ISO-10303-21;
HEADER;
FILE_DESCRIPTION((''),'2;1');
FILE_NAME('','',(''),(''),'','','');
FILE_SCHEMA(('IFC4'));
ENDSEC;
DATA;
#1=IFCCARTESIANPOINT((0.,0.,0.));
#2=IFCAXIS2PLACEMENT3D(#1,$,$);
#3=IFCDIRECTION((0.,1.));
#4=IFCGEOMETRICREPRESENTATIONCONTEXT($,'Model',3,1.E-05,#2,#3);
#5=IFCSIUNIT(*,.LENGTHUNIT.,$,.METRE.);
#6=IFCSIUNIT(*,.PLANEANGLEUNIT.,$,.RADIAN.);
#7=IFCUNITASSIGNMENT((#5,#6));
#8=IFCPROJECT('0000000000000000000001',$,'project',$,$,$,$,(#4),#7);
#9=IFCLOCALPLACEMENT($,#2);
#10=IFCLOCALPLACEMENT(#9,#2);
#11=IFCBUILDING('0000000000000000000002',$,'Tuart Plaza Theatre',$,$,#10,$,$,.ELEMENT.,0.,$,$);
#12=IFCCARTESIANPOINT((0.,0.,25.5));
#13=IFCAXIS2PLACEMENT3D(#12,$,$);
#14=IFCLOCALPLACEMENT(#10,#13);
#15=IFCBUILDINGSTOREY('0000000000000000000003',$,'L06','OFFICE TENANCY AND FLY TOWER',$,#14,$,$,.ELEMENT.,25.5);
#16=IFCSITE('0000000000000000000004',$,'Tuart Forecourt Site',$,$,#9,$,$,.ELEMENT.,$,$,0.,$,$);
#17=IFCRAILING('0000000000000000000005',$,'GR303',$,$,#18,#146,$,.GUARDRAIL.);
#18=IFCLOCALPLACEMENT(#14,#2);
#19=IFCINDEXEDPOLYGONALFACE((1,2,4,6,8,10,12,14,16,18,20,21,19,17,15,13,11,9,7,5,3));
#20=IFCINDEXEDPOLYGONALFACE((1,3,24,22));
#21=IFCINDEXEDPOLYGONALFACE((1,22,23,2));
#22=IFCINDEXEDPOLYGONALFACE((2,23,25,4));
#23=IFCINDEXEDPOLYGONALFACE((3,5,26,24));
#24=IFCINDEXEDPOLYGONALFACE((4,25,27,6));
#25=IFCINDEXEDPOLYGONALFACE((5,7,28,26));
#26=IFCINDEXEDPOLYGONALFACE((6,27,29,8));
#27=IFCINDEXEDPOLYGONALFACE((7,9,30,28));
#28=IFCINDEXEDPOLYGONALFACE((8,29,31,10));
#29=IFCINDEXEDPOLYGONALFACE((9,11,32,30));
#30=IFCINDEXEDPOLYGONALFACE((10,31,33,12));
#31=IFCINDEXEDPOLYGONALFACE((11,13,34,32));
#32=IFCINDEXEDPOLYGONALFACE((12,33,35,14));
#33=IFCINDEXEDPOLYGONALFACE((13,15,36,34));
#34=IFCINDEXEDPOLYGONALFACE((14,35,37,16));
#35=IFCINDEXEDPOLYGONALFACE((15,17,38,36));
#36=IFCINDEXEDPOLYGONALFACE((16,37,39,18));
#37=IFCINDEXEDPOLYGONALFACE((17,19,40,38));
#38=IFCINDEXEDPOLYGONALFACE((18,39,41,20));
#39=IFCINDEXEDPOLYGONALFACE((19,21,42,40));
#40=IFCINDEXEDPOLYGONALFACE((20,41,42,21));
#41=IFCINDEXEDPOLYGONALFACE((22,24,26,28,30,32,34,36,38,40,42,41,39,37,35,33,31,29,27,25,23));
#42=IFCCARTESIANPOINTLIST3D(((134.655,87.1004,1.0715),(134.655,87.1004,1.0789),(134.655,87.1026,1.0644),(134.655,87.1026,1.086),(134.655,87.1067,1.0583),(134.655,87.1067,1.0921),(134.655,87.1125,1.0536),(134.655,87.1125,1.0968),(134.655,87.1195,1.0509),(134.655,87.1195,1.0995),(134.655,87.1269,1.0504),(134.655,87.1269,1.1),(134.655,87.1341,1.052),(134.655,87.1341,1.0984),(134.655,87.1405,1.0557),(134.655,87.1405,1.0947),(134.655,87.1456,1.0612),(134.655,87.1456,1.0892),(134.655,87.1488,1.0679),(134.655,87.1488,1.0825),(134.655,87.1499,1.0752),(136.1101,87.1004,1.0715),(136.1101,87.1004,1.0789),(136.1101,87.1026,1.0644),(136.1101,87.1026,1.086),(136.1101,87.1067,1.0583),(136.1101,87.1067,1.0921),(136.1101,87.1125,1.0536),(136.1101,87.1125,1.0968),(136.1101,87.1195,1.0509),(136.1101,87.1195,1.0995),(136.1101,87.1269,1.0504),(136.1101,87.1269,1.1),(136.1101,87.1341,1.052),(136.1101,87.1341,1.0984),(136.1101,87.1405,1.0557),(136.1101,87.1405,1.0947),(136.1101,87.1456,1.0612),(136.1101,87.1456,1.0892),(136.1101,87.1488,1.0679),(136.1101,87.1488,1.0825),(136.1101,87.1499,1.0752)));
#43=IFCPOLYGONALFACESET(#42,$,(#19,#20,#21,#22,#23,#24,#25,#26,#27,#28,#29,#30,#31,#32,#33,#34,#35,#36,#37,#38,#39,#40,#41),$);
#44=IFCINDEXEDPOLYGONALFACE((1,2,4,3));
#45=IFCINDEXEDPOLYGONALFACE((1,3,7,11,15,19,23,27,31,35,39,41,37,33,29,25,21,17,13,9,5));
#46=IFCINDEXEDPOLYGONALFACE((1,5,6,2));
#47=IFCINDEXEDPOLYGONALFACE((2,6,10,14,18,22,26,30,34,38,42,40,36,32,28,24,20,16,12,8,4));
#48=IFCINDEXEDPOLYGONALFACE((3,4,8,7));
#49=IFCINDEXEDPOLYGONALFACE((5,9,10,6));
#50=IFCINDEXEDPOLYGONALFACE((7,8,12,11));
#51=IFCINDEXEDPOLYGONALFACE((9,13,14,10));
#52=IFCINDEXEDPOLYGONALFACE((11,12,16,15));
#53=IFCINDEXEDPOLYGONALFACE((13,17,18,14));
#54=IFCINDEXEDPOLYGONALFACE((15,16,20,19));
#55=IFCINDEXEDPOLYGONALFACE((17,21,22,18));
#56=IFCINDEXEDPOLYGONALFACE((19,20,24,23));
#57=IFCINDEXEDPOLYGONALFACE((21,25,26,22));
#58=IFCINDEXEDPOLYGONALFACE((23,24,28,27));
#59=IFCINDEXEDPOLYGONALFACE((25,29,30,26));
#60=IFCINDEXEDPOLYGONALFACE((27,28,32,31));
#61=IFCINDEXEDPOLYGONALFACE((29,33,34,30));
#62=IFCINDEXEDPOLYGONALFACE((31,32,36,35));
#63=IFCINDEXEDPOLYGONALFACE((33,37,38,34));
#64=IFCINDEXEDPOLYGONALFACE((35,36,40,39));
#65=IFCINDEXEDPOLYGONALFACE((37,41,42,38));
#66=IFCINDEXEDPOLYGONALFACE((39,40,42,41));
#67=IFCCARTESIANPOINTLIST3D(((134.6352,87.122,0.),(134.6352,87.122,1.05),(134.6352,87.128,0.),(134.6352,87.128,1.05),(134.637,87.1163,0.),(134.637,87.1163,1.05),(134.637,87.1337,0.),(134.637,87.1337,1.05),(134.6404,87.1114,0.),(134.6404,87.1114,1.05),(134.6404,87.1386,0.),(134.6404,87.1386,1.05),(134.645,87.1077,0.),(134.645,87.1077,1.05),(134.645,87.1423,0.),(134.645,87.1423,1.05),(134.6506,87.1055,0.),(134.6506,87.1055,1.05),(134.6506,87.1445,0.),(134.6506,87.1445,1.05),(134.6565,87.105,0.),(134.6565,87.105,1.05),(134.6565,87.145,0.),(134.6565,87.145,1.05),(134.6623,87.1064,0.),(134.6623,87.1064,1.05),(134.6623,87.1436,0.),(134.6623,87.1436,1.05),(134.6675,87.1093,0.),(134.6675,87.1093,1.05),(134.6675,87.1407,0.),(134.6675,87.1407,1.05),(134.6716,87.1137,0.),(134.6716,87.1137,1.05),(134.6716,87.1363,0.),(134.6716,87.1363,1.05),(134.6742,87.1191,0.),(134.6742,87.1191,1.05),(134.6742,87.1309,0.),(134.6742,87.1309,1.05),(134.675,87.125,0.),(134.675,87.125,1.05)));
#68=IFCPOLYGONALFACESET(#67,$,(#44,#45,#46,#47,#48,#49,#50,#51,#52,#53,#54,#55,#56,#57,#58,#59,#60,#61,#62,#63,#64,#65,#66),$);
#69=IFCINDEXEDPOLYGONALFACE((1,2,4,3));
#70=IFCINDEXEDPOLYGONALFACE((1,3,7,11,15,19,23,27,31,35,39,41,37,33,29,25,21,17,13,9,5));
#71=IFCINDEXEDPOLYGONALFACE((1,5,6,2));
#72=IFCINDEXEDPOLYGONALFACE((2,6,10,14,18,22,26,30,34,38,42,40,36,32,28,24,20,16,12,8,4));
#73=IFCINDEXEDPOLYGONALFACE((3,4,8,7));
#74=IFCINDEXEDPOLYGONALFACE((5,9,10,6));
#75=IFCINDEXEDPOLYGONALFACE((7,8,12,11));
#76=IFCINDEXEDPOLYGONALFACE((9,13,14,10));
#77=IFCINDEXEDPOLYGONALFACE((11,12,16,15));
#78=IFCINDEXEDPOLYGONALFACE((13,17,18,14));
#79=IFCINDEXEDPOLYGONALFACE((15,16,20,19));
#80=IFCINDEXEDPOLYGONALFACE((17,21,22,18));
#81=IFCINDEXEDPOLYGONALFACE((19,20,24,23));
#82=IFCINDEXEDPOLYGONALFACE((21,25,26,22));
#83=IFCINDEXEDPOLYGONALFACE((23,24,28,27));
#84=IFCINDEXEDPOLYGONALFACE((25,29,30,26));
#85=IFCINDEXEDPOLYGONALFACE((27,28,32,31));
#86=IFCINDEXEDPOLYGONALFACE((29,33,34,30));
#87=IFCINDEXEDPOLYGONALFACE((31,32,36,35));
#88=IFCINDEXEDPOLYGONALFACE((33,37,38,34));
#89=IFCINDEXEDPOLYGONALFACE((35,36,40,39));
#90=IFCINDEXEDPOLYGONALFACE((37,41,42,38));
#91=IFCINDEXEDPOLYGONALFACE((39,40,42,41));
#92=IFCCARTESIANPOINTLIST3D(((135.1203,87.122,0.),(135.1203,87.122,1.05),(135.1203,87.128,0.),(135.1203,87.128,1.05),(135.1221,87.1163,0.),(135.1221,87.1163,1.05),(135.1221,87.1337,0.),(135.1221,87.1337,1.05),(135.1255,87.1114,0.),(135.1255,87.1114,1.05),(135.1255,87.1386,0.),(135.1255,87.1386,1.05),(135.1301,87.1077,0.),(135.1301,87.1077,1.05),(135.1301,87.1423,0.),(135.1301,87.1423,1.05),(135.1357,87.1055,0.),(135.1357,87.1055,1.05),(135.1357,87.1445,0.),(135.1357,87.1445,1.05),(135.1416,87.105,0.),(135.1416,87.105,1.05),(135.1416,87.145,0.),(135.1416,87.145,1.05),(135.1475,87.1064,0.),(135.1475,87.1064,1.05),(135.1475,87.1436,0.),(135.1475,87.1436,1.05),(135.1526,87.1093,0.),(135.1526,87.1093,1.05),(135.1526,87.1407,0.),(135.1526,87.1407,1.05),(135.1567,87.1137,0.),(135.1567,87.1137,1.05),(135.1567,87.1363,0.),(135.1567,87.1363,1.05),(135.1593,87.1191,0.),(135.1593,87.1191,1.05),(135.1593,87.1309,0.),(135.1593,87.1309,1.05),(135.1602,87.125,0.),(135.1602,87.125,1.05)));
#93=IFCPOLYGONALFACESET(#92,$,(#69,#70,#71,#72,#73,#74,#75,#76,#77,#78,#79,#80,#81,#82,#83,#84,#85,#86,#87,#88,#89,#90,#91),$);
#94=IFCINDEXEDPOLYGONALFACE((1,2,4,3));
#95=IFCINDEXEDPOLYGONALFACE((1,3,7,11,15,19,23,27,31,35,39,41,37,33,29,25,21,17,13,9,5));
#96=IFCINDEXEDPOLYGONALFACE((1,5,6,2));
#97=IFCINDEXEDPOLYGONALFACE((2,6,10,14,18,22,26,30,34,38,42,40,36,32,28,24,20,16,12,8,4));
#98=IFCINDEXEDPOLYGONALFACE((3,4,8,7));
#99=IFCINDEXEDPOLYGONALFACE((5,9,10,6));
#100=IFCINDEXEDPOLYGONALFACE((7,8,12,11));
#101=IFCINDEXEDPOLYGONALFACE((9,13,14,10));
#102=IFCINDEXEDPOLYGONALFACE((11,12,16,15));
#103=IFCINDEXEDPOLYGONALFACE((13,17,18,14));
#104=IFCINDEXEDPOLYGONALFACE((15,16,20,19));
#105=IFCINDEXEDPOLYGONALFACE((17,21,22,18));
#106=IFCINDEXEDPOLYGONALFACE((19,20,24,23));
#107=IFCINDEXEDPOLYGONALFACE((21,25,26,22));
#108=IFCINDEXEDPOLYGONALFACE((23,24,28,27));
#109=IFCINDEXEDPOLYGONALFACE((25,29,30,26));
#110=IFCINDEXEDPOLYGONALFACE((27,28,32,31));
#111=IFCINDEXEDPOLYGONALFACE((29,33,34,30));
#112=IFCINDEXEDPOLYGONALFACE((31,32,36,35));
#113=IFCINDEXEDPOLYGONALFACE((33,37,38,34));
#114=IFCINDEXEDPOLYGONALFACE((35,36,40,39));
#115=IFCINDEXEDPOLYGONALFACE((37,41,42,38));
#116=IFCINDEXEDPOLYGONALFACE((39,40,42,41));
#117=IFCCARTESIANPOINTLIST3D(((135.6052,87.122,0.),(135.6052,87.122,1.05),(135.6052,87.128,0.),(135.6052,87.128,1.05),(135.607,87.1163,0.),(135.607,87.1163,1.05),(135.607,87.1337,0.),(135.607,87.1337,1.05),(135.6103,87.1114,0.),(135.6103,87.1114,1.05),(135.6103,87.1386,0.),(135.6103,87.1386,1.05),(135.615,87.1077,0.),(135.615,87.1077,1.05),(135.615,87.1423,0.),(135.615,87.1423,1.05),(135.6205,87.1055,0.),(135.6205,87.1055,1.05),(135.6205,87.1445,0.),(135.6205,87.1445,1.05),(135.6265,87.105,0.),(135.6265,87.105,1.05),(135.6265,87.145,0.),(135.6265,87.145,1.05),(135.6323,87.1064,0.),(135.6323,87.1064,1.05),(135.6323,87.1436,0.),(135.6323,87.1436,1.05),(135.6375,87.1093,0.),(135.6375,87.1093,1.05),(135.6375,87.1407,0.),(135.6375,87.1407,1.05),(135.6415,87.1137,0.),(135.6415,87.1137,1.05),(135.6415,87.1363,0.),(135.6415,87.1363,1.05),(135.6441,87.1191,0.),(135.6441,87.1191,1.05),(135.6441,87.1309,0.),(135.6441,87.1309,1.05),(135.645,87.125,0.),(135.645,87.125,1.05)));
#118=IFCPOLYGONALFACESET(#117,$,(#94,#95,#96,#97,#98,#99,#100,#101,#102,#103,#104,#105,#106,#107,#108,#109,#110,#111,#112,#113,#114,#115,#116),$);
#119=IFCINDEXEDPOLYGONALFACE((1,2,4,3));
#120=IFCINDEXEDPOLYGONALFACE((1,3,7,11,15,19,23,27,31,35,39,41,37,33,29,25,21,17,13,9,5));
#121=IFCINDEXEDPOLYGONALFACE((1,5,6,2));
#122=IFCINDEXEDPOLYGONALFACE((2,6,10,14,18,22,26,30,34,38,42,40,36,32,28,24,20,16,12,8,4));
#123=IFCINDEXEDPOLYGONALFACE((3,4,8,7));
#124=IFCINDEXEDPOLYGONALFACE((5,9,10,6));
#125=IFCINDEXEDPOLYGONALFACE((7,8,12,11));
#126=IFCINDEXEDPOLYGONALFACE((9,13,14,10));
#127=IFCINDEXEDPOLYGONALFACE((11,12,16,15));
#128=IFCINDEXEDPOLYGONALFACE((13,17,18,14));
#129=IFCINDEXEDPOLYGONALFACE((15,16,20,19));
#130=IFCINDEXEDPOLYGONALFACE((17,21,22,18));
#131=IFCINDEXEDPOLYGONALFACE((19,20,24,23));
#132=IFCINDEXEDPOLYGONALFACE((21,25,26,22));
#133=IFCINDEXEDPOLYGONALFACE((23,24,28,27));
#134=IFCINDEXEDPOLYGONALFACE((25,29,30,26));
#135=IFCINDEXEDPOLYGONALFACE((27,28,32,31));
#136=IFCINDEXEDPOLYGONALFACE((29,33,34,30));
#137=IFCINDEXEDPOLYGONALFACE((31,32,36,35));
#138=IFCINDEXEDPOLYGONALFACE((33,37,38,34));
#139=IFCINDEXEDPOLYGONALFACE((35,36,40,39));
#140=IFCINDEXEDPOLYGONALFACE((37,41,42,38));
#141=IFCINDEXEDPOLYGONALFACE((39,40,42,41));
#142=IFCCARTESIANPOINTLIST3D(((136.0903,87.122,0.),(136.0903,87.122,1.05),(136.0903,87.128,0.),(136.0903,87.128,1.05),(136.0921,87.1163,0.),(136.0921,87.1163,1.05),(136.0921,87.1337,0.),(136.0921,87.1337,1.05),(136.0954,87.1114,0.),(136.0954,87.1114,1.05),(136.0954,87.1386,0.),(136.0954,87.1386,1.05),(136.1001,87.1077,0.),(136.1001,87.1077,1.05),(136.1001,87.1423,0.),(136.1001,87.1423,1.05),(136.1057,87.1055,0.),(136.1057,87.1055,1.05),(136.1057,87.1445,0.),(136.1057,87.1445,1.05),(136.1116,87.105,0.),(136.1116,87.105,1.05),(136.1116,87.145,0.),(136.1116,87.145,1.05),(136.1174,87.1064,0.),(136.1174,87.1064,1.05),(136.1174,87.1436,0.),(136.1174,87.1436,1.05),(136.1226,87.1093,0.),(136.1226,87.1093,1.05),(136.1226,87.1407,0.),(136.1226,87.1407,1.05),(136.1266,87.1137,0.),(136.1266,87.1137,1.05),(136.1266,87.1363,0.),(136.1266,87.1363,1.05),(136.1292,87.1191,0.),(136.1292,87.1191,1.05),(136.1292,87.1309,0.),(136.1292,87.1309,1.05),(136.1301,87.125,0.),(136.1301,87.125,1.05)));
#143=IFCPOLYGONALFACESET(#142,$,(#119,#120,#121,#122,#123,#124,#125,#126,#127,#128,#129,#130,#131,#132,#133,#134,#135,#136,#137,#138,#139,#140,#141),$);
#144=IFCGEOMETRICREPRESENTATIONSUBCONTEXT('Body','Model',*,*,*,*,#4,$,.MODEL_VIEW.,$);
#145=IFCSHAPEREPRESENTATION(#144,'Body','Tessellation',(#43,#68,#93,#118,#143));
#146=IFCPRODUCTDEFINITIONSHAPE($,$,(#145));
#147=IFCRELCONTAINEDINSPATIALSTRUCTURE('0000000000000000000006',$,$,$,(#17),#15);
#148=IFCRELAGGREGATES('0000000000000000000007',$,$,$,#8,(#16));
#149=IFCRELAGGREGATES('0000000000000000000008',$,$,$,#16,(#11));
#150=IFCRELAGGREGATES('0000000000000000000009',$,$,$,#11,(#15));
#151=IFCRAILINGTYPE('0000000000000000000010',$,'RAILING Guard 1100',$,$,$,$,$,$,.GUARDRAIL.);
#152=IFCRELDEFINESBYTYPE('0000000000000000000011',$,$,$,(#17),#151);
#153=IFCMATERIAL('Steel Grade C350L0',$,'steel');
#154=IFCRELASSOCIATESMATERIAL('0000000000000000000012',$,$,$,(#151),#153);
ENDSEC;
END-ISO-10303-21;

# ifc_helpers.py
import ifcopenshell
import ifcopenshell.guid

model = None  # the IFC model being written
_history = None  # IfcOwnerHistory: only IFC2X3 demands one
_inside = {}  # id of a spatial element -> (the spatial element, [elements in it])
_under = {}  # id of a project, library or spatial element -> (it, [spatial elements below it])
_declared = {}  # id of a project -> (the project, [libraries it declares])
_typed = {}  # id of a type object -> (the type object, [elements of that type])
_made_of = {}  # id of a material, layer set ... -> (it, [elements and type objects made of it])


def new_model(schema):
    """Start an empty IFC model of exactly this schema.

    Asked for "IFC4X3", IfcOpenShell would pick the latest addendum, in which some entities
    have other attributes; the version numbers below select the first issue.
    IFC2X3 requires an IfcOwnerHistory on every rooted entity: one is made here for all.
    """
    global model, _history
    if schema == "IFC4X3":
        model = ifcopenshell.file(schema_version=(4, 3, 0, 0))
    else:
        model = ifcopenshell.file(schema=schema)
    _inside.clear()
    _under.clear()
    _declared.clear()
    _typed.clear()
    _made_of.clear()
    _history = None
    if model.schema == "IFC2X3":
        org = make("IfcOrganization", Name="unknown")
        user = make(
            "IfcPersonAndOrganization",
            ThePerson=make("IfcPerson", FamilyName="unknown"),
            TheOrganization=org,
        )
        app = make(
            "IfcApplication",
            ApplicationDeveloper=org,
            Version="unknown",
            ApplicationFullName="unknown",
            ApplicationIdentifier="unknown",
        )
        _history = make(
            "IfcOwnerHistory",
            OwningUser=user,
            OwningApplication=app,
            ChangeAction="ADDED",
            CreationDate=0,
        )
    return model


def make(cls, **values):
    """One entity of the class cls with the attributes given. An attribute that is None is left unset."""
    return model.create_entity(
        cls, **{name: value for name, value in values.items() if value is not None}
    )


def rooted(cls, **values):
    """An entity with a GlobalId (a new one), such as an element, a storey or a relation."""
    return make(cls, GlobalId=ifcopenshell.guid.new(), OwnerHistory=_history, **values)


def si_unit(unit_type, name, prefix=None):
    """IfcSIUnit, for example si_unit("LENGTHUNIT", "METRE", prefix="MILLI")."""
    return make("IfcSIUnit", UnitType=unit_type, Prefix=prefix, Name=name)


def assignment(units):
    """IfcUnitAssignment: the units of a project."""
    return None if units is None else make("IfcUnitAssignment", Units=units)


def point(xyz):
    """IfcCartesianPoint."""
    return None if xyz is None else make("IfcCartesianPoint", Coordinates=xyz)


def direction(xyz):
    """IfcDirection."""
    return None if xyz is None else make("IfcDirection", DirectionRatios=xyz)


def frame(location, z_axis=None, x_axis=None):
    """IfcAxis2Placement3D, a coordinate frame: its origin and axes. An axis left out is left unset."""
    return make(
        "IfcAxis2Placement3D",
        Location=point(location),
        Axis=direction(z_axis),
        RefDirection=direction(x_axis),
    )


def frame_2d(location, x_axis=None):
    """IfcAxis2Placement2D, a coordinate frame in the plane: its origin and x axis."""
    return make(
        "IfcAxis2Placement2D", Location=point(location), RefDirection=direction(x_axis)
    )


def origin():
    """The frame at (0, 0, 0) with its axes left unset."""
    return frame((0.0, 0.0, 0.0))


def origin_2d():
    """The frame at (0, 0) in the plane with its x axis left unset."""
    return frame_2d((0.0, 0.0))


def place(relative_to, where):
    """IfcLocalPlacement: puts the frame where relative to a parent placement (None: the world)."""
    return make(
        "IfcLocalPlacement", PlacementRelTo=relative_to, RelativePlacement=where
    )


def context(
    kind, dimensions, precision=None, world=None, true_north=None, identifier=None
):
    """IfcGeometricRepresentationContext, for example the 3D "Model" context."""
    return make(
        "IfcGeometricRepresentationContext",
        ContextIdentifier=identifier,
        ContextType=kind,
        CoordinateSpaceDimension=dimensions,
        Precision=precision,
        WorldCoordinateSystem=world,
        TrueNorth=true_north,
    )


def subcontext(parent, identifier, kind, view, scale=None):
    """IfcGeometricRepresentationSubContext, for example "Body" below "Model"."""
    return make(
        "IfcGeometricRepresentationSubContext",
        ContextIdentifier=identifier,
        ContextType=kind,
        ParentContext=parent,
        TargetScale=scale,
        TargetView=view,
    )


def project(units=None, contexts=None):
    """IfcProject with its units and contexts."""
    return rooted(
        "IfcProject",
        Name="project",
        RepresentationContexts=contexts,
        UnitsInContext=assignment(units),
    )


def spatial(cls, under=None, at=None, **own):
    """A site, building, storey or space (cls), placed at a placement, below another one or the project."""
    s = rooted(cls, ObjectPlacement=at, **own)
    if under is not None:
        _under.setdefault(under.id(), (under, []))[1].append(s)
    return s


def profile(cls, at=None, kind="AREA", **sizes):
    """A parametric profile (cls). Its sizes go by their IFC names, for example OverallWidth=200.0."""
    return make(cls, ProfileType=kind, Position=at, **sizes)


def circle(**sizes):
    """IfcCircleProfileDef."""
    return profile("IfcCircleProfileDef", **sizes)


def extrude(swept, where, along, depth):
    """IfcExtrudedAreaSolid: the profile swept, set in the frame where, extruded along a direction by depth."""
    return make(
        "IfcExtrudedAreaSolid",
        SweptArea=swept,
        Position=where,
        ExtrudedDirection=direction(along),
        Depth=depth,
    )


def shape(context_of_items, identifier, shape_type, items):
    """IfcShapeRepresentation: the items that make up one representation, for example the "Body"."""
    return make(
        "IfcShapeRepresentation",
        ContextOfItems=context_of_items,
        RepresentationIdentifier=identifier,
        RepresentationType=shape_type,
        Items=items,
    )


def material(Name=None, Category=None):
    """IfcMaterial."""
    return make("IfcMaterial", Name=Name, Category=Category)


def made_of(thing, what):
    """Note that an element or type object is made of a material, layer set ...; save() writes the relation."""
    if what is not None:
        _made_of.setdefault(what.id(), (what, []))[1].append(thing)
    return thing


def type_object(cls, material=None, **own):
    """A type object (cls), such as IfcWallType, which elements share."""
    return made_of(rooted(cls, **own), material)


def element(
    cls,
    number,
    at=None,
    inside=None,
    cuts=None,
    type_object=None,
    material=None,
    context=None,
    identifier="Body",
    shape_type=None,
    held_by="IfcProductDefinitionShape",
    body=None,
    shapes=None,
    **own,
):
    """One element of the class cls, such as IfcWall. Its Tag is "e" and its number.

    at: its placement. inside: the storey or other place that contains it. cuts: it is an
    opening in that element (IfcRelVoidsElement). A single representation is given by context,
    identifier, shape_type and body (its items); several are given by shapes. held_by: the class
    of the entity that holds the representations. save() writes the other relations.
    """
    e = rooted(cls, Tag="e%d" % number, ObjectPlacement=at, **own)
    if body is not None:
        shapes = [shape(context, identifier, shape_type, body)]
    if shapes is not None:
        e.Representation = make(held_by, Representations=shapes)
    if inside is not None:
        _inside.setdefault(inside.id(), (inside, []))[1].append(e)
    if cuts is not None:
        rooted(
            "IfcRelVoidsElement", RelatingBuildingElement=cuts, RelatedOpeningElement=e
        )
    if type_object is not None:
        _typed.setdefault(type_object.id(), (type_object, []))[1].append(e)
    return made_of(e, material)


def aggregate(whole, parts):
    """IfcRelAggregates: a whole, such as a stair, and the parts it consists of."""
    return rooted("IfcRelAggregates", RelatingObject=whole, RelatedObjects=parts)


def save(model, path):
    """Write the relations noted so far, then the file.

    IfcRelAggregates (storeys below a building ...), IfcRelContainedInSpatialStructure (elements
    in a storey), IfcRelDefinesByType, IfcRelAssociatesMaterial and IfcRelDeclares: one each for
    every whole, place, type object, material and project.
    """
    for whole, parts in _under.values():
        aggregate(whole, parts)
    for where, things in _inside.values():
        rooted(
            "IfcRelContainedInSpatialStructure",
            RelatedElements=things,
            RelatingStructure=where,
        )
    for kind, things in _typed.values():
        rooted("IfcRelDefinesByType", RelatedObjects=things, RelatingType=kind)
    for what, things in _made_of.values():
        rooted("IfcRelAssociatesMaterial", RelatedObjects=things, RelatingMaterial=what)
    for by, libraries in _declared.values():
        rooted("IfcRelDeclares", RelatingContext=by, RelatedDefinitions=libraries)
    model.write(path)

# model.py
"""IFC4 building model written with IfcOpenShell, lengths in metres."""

from ifc_helpers import new_model, si_unit, direction, frame, origin, origin_2d, place, context, subcontext, project, spatial, circle, extrude, material, type_object, element, save


model = new_model("IFC4")

# Units and contexts
model_context = context("Model", 3, precision=1e-05, world=origin(), true_north=direction((0.0, 1.0)))
body_context = subcontext(model_context, "Body", "Model", "MODEL_VIEW")
ifc_project = project(units=[si_unit("LENGTHUNIT", "METRE"), si_unit("PLANEANGLEUNIT", "RADIAN")], contexts=[model_context])

# Site, building, storey
site_placement = place(None, origin())
site = spatial("IfcSite", under=ifc_project, at=site_placement, Name="Tuart Forecourt Site", CompositionType="ELEMENT", RefElevation=0.0)
building_placement = place(site_placement, origin())
building = spatial("IfcBuilding", under=site, at=building_placement, Name="Tuart Plaza Theatre", CompositionType="ELEMENT", ElevationOfRefHeight=0.0)
storey_placement = place(building_placement, frame((0.0, 0.0, 25.5)))
storey = spatial("IfcBuildingStorey", under=building, at=storey_placement, Name="L06", Description="OFFICE TENANCY AND FLY TOWER", CompositionType="ELEMENT", Elevation=25.5)

# Railing
ifc_material_1 = material(Name="Steel Grade C350L0", Category="steel")
railing_type_1 = type_object("IfcRailingType", Name="RAILING Guard 1100", PredefinedType="GUARDRAIL", material=ifc_material_1)
railing_1_placement = place(storey_placement, frame((134.655, 87.125, 0.0)))
element("IfcRailing", 1, at=railing_1_placement, inside=storey, type_object=railing_type_1, Name="GR303", PredefinedType="GUARDRAIL", context=body_context, shape_type="SweptSolid", body=[
    extrude(circle(Radius=0.0249, at=origin_2d()), frame((0.0, 0.0, 1.0752), z_axis=(1.0, 0.0, 0.0), x_axis=(0.0, 1.0, 0.0)), (0.0, 0.0, 1.0), 1.4551),
    extrude(circle(Radius=0.02, at=origin_2d()), origin(), (0.0, 0.0, 1.0), 1.05),
    extrude(circle(Radius=0.02, at=origin_2d()), frame((0.4851, 0.0, 0.0)), (0.0, 0.0, 1.0), 1.05),
    extrude(circle(Radius=0.02, at=origin_2d()), frame((0.97, 0.0, 0.0)), (0.0, 0.0, 1.0), 1.05),
    extrude(circle(Radius=0.02, at=origin_2d()), frame((1.4551, 0.0, 0.0)), (0.0, 0.0, 1.0), 1.05),
])

save(model, "model.ifc")
